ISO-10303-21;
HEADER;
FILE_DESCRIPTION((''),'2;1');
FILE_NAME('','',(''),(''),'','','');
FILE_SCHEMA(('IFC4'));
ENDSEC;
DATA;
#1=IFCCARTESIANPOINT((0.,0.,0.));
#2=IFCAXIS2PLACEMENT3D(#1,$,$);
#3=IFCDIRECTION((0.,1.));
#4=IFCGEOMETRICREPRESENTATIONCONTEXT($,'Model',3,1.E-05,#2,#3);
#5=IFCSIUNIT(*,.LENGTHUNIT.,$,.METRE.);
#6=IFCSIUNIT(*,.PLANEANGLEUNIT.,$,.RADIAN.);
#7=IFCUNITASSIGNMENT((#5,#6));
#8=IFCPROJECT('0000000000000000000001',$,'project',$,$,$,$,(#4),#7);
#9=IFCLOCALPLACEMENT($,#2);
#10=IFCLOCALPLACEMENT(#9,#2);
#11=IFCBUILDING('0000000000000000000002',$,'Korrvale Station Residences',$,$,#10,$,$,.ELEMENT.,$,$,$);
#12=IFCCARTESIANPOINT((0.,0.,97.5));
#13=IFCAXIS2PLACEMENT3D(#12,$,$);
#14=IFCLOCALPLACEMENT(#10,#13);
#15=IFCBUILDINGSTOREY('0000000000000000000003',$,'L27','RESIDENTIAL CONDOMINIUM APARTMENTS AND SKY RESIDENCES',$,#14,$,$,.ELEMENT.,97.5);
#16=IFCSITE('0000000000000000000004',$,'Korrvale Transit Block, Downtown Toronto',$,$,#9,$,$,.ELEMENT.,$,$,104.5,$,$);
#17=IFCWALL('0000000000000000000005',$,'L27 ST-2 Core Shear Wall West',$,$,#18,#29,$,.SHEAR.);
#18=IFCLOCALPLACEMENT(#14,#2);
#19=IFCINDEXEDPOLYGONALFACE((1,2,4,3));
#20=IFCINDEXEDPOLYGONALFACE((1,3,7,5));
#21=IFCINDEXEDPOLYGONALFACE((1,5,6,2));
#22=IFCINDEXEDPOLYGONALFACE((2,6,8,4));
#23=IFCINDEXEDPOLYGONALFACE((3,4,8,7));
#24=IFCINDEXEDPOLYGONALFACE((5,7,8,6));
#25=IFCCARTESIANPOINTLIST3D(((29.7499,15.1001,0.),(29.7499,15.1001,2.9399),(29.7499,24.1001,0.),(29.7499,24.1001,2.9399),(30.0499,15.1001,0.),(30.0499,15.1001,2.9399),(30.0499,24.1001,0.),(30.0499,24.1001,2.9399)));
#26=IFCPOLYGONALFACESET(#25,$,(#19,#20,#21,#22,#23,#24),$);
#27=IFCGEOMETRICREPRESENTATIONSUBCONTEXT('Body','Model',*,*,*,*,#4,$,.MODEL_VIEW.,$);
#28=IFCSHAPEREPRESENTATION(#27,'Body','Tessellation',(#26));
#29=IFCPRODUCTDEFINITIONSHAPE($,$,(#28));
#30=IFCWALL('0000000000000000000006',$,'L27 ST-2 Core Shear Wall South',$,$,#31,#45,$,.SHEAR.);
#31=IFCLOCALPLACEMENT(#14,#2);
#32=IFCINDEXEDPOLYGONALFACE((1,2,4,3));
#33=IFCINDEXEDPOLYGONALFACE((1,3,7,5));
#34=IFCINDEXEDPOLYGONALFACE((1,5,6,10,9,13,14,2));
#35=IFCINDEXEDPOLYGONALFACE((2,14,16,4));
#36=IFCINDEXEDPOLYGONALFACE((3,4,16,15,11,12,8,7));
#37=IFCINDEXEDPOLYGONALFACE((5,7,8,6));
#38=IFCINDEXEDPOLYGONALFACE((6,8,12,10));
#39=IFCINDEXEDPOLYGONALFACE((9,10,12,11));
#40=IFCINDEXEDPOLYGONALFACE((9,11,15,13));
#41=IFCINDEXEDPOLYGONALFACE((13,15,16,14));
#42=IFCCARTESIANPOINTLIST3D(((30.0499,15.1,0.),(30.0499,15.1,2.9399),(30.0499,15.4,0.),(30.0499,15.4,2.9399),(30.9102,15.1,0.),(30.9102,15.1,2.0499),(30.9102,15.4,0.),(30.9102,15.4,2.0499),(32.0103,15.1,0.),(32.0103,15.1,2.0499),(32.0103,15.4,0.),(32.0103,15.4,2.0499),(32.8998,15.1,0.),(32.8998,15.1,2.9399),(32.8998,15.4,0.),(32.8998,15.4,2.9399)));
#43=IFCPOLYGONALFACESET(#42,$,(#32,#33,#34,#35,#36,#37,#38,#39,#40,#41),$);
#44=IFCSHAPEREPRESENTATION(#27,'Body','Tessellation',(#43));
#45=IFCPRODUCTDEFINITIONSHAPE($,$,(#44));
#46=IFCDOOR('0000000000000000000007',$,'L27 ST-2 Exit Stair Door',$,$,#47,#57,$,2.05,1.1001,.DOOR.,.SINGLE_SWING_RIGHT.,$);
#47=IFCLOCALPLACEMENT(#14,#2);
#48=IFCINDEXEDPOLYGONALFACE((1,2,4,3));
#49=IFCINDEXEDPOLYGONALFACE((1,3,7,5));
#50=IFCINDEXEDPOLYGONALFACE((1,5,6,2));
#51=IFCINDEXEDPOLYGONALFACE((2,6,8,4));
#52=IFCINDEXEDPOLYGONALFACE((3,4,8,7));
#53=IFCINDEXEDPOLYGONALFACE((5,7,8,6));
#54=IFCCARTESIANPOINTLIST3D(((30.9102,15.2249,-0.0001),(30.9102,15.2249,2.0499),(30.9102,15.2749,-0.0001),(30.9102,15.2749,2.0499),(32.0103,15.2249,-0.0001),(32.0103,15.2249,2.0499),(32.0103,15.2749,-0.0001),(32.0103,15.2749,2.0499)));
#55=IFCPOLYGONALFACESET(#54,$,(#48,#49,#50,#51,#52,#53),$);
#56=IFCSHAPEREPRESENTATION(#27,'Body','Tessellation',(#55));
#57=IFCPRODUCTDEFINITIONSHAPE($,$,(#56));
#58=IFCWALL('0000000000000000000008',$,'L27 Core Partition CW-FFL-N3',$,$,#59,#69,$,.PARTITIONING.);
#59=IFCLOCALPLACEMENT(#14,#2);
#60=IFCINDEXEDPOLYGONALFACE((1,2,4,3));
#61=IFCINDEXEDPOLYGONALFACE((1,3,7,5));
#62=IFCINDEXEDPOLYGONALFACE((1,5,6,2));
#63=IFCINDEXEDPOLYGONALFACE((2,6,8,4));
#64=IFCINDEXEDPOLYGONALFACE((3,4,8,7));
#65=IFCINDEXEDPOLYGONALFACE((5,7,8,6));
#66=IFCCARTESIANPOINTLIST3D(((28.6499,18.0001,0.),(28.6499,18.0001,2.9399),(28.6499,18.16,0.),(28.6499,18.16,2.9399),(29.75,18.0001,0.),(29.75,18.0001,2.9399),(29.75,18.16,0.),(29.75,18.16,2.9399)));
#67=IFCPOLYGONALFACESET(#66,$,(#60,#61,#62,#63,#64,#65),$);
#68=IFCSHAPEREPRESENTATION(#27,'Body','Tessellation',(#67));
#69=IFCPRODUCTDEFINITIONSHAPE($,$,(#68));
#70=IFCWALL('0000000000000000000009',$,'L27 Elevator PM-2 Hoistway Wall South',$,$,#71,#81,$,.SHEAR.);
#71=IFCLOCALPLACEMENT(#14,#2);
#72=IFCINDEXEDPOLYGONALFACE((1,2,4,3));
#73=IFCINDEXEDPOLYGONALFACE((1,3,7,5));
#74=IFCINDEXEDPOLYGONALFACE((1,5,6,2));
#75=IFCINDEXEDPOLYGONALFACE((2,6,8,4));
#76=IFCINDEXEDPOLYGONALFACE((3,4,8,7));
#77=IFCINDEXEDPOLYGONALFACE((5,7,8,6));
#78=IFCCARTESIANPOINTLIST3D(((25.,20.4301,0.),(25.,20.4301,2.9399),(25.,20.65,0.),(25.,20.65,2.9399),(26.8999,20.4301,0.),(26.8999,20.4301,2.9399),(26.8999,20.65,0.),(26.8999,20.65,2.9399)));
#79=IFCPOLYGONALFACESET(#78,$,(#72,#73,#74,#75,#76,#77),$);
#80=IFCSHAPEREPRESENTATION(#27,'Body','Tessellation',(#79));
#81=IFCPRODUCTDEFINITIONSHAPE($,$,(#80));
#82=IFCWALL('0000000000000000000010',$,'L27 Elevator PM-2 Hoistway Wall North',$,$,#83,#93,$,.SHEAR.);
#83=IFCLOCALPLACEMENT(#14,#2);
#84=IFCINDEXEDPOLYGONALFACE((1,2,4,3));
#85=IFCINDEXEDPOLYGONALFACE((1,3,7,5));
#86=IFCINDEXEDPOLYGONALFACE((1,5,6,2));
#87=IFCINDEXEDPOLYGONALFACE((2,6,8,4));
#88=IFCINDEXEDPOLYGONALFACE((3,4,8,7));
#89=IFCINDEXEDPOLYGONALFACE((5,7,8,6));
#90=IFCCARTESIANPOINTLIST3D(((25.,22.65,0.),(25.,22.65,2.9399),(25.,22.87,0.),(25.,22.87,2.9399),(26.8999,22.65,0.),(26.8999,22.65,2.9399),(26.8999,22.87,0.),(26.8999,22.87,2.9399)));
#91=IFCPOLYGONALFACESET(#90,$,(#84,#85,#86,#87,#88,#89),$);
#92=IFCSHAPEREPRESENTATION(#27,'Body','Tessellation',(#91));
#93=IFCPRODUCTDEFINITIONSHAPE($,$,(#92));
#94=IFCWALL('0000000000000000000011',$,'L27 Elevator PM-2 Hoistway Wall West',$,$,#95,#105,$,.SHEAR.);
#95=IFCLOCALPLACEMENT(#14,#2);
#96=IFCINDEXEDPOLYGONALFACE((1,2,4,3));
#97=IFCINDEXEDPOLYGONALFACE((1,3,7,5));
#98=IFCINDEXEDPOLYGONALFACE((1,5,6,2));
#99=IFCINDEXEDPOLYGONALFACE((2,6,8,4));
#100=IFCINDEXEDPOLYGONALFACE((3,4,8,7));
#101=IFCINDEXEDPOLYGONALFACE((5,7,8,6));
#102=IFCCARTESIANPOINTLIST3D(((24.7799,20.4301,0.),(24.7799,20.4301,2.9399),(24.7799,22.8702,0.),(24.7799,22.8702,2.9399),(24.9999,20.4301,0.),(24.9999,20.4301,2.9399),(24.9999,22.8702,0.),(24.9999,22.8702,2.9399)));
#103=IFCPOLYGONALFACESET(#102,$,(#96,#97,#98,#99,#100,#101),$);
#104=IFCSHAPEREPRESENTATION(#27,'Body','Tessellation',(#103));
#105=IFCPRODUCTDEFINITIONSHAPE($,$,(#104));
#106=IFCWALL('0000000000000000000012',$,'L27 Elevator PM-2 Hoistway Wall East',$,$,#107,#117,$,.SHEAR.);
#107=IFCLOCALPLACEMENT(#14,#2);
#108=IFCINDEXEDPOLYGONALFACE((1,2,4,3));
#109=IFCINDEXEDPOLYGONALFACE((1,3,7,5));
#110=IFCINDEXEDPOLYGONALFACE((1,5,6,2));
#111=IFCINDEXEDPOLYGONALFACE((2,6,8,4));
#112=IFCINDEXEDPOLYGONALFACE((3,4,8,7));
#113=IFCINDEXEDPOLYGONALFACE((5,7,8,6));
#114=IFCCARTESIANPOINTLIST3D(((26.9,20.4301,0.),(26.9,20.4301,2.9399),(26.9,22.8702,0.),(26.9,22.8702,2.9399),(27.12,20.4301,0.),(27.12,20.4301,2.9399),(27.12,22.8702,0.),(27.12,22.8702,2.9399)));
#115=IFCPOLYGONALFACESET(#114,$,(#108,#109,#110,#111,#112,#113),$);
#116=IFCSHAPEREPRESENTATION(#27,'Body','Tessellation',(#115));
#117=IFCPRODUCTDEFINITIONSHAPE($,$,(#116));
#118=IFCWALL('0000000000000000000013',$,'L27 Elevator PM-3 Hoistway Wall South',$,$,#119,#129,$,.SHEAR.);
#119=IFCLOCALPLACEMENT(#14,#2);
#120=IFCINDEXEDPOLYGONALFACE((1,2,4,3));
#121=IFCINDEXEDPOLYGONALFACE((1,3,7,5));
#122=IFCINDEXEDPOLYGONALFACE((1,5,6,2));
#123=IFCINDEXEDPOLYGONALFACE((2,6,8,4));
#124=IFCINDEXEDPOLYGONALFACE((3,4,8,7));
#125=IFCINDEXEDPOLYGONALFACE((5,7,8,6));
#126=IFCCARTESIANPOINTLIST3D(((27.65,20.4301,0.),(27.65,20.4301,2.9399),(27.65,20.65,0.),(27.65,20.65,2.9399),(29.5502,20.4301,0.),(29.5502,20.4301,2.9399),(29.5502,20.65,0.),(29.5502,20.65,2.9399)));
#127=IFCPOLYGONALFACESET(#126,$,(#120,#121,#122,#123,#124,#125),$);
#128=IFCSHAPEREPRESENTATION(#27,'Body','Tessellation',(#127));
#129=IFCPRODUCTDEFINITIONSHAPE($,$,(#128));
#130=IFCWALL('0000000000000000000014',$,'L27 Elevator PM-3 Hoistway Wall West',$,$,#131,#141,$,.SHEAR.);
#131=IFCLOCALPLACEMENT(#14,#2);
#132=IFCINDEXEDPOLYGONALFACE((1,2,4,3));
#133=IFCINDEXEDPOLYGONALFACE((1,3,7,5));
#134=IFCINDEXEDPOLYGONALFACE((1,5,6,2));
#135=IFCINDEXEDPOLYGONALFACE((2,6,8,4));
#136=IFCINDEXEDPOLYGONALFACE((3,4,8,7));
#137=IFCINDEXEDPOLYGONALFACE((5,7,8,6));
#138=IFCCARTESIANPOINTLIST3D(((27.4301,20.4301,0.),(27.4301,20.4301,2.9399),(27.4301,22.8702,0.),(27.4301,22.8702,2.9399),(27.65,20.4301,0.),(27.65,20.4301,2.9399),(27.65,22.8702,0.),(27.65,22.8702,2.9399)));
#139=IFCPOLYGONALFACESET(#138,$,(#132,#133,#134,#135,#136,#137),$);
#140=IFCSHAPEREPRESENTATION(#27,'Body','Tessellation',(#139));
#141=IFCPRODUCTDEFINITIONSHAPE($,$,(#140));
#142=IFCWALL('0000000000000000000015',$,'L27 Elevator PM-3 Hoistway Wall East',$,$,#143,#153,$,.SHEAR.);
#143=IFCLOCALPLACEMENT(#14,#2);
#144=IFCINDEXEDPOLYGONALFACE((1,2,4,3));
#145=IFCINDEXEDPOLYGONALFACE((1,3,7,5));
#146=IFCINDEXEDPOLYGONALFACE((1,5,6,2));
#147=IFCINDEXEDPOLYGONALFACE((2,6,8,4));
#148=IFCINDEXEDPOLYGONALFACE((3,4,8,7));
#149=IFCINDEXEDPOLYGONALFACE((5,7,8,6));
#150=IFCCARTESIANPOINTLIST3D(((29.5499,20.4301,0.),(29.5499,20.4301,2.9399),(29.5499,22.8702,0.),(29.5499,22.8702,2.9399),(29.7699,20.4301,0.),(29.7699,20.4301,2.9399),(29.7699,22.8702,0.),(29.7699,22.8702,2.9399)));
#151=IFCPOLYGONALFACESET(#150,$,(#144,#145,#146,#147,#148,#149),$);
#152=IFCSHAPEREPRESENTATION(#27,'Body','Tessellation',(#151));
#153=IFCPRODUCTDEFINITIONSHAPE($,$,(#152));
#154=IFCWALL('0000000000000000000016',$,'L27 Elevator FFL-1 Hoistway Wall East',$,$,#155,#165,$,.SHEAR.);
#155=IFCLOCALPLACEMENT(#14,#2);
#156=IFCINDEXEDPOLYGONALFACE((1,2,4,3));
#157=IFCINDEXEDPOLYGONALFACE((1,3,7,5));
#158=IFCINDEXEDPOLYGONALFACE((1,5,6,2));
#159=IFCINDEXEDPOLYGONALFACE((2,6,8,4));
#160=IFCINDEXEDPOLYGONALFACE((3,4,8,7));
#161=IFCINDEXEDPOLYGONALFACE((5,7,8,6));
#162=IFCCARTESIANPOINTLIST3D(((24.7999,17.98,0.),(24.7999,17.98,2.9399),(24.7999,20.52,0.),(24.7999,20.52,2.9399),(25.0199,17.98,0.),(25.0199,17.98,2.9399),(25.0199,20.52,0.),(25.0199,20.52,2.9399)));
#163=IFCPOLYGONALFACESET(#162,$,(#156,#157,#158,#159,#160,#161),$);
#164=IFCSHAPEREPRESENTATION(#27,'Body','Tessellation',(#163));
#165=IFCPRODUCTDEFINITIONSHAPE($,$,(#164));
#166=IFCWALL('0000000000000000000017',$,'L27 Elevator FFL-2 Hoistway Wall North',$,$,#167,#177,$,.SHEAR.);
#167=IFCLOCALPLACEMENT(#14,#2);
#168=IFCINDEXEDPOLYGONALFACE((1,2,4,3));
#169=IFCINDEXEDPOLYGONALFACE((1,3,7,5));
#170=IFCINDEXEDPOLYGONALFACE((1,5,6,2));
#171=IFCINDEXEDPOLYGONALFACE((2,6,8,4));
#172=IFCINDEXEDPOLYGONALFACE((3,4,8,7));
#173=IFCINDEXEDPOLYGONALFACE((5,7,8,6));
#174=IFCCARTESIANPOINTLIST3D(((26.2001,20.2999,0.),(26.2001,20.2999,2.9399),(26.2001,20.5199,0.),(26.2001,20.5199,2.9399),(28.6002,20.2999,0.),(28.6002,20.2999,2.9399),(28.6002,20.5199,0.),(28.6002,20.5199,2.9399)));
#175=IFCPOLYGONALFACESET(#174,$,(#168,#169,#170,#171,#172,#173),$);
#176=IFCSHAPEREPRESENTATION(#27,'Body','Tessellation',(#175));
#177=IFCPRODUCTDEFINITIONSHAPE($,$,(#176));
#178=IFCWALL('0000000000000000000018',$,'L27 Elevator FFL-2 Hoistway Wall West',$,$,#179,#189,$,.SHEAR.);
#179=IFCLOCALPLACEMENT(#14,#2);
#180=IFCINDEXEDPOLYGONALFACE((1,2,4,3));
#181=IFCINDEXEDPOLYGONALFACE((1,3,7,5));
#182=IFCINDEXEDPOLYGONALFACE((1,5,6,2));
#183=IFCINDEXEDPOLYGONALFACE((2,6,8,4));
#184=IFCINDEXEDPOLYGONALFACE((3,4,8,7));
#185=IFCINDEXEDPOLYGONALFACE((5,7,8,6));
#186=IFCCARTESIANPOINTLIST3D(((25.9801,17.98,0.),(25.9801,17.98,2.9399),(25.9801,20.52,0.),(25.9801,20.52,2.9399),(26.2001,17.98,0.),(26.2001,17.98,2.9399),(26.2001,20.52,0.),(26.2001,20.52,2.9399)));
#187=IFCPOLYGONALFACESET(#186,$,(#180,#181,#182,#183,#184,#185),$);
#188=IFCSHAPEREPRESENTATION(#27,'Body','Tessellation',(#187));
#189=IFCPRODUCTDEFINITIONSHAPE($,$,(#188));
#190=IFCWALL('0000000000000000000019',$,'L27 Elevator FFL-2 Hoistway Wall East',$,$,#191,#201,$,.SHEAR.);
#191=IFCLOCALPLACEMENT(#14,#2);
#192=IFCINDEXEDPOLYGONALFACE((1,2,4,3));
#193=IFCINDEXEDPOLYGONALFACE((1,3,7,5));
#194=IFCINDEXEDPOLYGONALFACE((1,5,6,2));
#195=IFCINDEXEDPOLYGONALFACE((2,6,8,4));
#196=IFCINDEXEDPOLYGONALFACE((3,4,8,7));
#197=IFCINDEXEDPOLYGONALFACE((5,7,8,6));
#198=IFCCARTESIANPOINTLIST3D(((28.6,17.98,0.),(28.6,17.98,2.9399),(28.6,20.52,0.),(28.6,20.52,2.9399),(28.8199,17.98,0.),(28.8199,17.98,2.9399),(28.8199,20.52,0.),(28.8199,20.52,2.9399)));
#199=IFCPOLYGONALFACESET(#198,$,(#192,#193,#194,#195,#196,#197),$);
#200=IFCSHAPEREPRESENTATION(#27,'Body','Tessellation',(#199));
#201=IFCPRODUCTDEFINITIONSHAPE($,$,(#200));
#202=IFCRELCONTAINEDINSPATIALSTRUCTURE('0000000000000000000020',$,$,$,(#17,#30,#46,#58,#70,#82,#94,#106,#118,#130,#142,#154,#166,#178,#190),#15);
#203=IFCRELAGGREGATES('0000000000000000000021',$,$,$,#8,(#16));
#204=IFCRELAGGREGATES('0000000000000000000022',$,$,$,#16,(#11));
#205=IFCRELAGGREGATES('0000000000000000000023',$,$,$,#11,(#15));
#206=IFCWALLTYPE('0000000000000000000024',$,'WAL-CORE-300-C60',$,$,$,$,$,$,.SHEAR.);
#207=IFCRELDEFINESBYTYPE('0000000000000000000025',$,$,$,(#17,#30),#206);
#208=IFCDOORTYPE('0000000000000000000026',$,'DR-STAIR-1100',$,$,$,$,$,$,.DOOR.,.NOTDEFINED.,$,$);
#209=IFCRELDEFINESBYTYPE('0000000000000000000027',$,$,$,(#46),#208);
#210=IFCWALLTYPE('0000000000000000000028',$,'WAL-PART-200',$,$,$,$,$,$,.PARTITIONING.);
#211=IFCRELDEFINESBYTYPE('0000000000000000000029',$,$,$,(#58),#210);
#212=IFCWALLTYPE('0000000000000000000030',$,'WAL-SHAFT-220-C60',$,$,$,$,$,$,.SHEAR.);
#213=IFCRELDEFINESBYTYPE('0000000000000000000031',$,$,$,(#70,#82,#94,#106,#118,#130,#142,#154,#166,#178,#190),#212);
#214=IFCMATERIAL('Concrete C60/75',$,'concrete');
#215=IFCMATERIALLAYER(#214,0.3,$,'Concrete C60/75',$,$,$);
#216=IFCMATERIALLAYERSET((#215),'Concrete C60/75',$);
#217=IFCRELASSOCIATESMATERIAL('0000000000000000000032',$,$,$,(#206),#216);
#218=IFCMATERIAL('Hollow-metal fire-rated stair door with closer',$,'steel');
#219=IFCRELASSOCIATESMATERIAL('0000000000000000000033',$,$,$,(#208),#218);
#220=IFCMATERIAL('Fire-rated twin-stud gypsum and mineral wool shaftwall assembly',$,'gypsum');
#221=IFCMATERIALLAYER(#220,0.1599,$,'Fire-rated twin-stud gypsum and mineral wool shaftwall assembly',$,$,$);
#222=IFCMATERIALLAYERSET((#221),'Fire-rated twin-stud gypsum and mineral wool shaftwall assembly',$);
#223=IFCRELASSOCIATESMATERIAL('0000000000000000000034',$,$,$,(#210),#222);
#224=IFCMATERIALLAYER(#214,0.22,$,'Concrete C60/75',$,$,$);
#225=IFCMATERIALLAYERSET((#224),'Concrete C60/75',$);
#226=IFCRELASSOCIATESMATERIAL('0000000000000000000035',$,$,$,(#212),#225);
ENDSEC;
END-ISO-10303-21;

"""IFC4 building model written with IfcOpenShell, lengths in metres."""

from ifc_helpers import new_model, si_unit, direction, frame, frame_2d, origin, place, context, subcontext, project, spatial, rectangle, extrude, material, layer, layer_set, type_object, element, fill, save


model = new_model("IFC4")

# Units and contexts
model_context = context("Model", 3, precision=1e-05, world=origin(), true_north=direction((0.0, 1.0)))
body_context = subcontext(model_context, "Body", "Model", "MODEL_VIEW")
ifc_project = project(units=[si_unit("LENGTHUNIT", "METRE"), si_unit("PLANEANGLEUNIT", "RADIAN")], contexts=[model_context])

# Site, building, storey
site_placement = place(None, origin())
site = spatial("IfcSite", under=ifc_project, at=site_placement, Name="Korrvale Transit Block, Downtown Toronto", CompositionType="ELEMENT", RefElevation=104.5)
building_placement = place(site_placement, origin())
building = spatial("IfcBuilding", under=site, at=building_placement, Name="Korrvale Station Residences", CompositionType="ELEMENT")
storey_placement = place(building_placement, frame((0.0, 0.0, 97.5)))
storey = spatial("IfcBuildingStorey", under=building, at=storey_placement, Name="L27", Description="RESIDENTIAL CONDOMINIUM APARTMENTS AND SKY RESIDENCES", CompositionType="ELEMENT", Elevation=97.5)

# Wall
ifc_material_1 = material(Name="Concrete C60/75", Category="concrete")
ifc_layer_1 = layer(ifc_material_1, 0.3, Name="Concrete C60/75")
ifc_layer_set_1 = layer_set([ifc_layer_1], Name="Concrete C60/75")
wall_type_1 = type_object("IfcWallType", Name="WAL-CORE-300-C60", PredefinedType="SHEAR", material=ifc_layer_set_1)
wall_1_placement = place(storey_placement, frame((29.8999, 15.1001, 0.0), z_axis=(0.0, 0.0, 1.0), x_axis=(0.0, 1.0, 0.0)))
element("IfcWall", 1, at=wall_1_placement, inside=storey, type_object=wall_type_1, Name="L27 ST-2 Core Shear Wall West", PredefinedType="SHEAR", context=body_context, shape_type="SweptSolid", body=[
    extrude(rectangle(XDim=9.0, YDim=0.3, at=frame_2d((4.5, 0.0))), origin(), (0.0, 0.0, 1.0), 2.9399),
])

# Wall, opening, door
wall_2_placement = place(storey_placement, frame((30.05, 15.25, 0.0), z_axis=(0.0, 0.0, 1.0), x_axis=(1.0, 0.0, 0.0)))
wall_2 = element("IfcWall", 2, at=wall_2_placement, inside=storey, type_object=wall_type_1, Name="L27 ST-2 Core Shear Wall South", PredefinedType="SHEAR", context=body_context, shape_type="SweptSolid", body=[
    extrude(rectangle(XDim=2.8499, YDim=0.3, at=frame_2d((1.4248, 0.0))), origin(), (0.0, 0.0, 1.0), 2.9399),
])
opening_1_placement = place(wall_2_placement, frame((0.8601, 0.0, 0.0)))
opening_1 = element("IfcOpeningElement", 3, at=opening_1_placement, cuts=wall_2, PredefinedType="OPENING", context=body_context, shape_type="SweptSolid", body=[
    extrude(rectangle(XDim=1.1001, YDim=2.05, at=frame_2d((0.55, 1.0249))), frame((0.0, 0.1602, 0.0), z_axis=(0.0, -1.0, 0.0), x_axis=(1.0, 0.0, 0.0)), (0.0, 0.0, 1.0), 0.3201),
])
ifc_material_2 = material(Name="Hollow-metal fire-rated stair door with closer", Category="steel")
door_type_1 = type_object("IfcDoorType", Name="DR-STAIR-1100", OperationType="NOTDEFINED", PredefinedType="DOOR", material=ifc_material_2)
door_1_placement = place(opening_1_placement, origin())
door_1 = element("IfcDoor", 4, at=door_1_placement, inside=storey, type_object=door_type_1, Name="L27 ST-2 Exit Stair Door", OperationType="SINGLE_SWING_RIGHT", OverallHeight=2.05, OverallWidth=1.1001, PredefinedType="DOOR", context=body_context, shape_type="SweptSolid", body=[
    extrude(rectangle(XDim=1.1001, YDim=2.05, at=frame_2d((0.55, 1.0249))), frame((0.0, 0.0249, 0.0), z_axis=(0.0, -1.0, 0.0), x_axis=(1.0, 0.0, 0.0)), (0.0, 0.0, 1.0), 0.05),
])
fill(opening_1, door_1)

# Walls
ifc_material_3 = material(Name="Fire-rated twin-stud gypsum and mineral wool shaftwall assembly", Category="gypsum")
ifc_layer_2 = layer(ifc_material_3, 0.1599, Name="Fire-rated twin-stud gypsum and mineral wool shaftwall assembly")
ifc_layer_set_2 = layer_set([ifc_layer_2], Name="Fire-rated twin-stud gypsum and mineral wool shaftwall assembly")
wall_type_2 = type_object("IfcWallType", Name="WAL-PART-200", PredefinedType="PARTITIONING", material=ifc_layer_set_2)
wall_3_placement = place(storey_placement, frame((28.6499, 18.0801, 0.0), z_axis=(0.0, 0.0, 1.0), x_axis=(1.0, 0.0, 0.0)))
element("IfcWall", 5, at=wall_3_placement, inside=storey, type_object=wall_type_2, Name="L27 Core Partition CW-FFL-N3", PredefinedType="PARTITIONING", context=body_context, shape_type="SweptSolid", body=[
    extrude(rectangle(XDim=1.1001, YDim=0.1599, at=frame_2d((0.55, 0.0))), origin(), (0.0, 0.0, 1.0), 2.9399),
])
ifc_layer_3 = layer(ifc_material_1, 0.22, Name="Concrete C60/75")
ifc_layer_set_3 = layer_set([ifc_layer_3], Name="Concrete C60/75")
wall_type_3 = type_object("IfcWallType", Name="WAL-SHAFT-220-C60", PredefinedType="SHEAR", material=ifc_layer_set_3)
for number, where, z_axis, x_axis, name in (
    (6, (25.0, 20.54, 0.0), (0.0, 0.0, 1.0), (1.0, 0.0, 0.0), "L27 Elevator PM-2 Hoistway Wall South"),
    (7, (25.0, 22.76, 0.0), (0.0, 0.0, 1.0), (1.0, 0.0, 0.0), "L27 Elevator PM-2 Hoistway Wall North"),
):
    element("IfcWall", number, at=place(storey_placement, frame(where, z_axis=z_axis, x_axis=x_axis)), inside=storey, type_object=wall_type_3, Name=name, PredefinedType="SHEAR", context=body_context, shape_type="SweptSolid", body=[
        extrude(rectangle(XDim=1.8999, YDim=0.22, at=frame_2d((0.95, 0.0))), origin(), (0.0, 0.0, 1.0), 2.9399),
    ])
for number, where, z_axis, x_axis, name in (
    (8, (24.8899, 20.4299, 0.0), (0.0, 0.0, 1.0), (0.0, 1.0, 0.0), "L27 Elevator PM-2 Hoistway Wall West"),
    (9, (27.01, 20.4299, 0.0), (0.0, 0.0, 1.0), (0.0, 1.0, 0.0), "L27 Elevator PM-2 Hoistway Wall East"),
):
    element("IfcWall", number, at=place(storey_placement, frame(where, z_axis=z_axis, x_axis=x_axis)), inside=storey, type_object=wall_type_3, Name=name, PredefinedType="SHEAR", context=body_context, shape_type="SweptSolid", body=[
        extrude(rectangle(XDim=2.4402, YDim=0.22, at=frame_2d((1.2202, 0.0))), origin(), (0.0, 0.0, 1.0), 2.9399),
    ])
wall_4_placement = place(storey_placement, frame((27.6499, 20.54, 0.0), z_axis=(0.0, 0.0, 1.0), x_axis=(1.0, 0.0, 0.0)))
element("IfcWall", 10, at=wall_4_placement, inside=storey, type_object=wall_type_3, Name="L27 Elevator PM-3 Hoistway Wall South", PredefinedType="SHEAR", context=body_context, shape_type="SweptSolid", body=[
    extrude(rectangle(XDim=1.9001, YDim=0.22, at=frame_2d((0.9502, 0.0))), origin(), (0.0, 0.0, 1.0), 2.9399),
])
for number, where, z_axis, x_axis, name in (
    (11, (27.54, 20.4299, 0.0), (0.0, 0.0, 1.0), (0.0, 1.0, 0.0), "L27 Elevator PM-3 Hoistway Wall West"),
    (12, (29.6599, 20.4299, 0.0), (0.0, 0.0, 1.0), (0.0, 1.0, 0.0), "L27 Elevator PM-3 Hoistway Wall East"),
):
    element("IfcWall", number, at=place(storey_placement, frame(where, z_axis=z_axis, x_axis=x_axis)), inside=storey, type_object=wall_type_3, Name=name, PredefinedType="SHEAR", context=body_context, shape_type="SweptSolid", body=[
        extrude(rectangle(XDim=2.4402, YDim=0.22, at=frame_2d((1.2202, 0.0))), origin(), (0.0, 0.0, 1.0), 2.9399),
    ])
wall_5_placement = place(storey_placement, frame((24.9099, 17.98, 0.0), z_axis=(0.0, 0.0, 1.0), x_axis=(0.0, 1.0, 0.0)))
element("IfcWall", 13, at=wall_5_placement, inside=storey, type_object=wall_type_3, Name="L27 Elevator FFL-1 Hoistway Wall East", PredefinedType="SHEAR", context=body_context, shape_type="SweptSolid", body=[
    extrude(rectangle(XDim=2.54, YDim=0.22, at=frame_2d((1.27, 0.0))), origin(), (0.0, 0.0, 1.0), 2.9399),
])

# Walls
wall_6_placement = place(storey_placement, frame((26.2, 20.4099, 0.0), z_axis=(0.0, 0.0, 1.0), x_axis=(1.0, 0.0, 0.0)))
element("IfcWall", 14, at=wall_6_placement, inside=storey, type_object=wall_type_3, Name="L27 Elevator FFL-2 Hoistway Wall North", PredefinedType="SHEAR", context=body_context, shape_type="SweptSolid", body=[
    extrude(rectangle(XDim=2.4001, YDim=0.22, at=frame_2d((1.2002, 0.0))), origin(), (0.0, 0.0, 1.0), 2.9399),
])
for number, where, z_axis, x_axis, name in (
    (15, (26.0901, 17.98, 0.0), (0.0, 0.0, 1.0), (0.0, 1.0, 0.0), "L27 Elevator FFL-2 Hoistway Wall West"),
    (16, (28.71, 17.98, 0.0), (0.0, 0.0, 1.0), (0.0, 1.0, 0.0), "L27 Elevator FFL-2 Hoistway Wall East"),
):
    element("IfcWall", number, at=place(storey_placement, frame(where, z_axis=z_axis, x_axis=x_axis)), inside=storey, type_object=wall_type_3, Name=name, PredefinedType="SHEAR", context=body_context, shape_type="SweptSolid", body=[
        extrude(rectangle(XDim=2.54, YDim=0.22, at=frame_2d((1.27, 0.0))), origin(), (0.0, 0.0, 1.0), 2.9399),
    ])

save(model, "model.ifc")
